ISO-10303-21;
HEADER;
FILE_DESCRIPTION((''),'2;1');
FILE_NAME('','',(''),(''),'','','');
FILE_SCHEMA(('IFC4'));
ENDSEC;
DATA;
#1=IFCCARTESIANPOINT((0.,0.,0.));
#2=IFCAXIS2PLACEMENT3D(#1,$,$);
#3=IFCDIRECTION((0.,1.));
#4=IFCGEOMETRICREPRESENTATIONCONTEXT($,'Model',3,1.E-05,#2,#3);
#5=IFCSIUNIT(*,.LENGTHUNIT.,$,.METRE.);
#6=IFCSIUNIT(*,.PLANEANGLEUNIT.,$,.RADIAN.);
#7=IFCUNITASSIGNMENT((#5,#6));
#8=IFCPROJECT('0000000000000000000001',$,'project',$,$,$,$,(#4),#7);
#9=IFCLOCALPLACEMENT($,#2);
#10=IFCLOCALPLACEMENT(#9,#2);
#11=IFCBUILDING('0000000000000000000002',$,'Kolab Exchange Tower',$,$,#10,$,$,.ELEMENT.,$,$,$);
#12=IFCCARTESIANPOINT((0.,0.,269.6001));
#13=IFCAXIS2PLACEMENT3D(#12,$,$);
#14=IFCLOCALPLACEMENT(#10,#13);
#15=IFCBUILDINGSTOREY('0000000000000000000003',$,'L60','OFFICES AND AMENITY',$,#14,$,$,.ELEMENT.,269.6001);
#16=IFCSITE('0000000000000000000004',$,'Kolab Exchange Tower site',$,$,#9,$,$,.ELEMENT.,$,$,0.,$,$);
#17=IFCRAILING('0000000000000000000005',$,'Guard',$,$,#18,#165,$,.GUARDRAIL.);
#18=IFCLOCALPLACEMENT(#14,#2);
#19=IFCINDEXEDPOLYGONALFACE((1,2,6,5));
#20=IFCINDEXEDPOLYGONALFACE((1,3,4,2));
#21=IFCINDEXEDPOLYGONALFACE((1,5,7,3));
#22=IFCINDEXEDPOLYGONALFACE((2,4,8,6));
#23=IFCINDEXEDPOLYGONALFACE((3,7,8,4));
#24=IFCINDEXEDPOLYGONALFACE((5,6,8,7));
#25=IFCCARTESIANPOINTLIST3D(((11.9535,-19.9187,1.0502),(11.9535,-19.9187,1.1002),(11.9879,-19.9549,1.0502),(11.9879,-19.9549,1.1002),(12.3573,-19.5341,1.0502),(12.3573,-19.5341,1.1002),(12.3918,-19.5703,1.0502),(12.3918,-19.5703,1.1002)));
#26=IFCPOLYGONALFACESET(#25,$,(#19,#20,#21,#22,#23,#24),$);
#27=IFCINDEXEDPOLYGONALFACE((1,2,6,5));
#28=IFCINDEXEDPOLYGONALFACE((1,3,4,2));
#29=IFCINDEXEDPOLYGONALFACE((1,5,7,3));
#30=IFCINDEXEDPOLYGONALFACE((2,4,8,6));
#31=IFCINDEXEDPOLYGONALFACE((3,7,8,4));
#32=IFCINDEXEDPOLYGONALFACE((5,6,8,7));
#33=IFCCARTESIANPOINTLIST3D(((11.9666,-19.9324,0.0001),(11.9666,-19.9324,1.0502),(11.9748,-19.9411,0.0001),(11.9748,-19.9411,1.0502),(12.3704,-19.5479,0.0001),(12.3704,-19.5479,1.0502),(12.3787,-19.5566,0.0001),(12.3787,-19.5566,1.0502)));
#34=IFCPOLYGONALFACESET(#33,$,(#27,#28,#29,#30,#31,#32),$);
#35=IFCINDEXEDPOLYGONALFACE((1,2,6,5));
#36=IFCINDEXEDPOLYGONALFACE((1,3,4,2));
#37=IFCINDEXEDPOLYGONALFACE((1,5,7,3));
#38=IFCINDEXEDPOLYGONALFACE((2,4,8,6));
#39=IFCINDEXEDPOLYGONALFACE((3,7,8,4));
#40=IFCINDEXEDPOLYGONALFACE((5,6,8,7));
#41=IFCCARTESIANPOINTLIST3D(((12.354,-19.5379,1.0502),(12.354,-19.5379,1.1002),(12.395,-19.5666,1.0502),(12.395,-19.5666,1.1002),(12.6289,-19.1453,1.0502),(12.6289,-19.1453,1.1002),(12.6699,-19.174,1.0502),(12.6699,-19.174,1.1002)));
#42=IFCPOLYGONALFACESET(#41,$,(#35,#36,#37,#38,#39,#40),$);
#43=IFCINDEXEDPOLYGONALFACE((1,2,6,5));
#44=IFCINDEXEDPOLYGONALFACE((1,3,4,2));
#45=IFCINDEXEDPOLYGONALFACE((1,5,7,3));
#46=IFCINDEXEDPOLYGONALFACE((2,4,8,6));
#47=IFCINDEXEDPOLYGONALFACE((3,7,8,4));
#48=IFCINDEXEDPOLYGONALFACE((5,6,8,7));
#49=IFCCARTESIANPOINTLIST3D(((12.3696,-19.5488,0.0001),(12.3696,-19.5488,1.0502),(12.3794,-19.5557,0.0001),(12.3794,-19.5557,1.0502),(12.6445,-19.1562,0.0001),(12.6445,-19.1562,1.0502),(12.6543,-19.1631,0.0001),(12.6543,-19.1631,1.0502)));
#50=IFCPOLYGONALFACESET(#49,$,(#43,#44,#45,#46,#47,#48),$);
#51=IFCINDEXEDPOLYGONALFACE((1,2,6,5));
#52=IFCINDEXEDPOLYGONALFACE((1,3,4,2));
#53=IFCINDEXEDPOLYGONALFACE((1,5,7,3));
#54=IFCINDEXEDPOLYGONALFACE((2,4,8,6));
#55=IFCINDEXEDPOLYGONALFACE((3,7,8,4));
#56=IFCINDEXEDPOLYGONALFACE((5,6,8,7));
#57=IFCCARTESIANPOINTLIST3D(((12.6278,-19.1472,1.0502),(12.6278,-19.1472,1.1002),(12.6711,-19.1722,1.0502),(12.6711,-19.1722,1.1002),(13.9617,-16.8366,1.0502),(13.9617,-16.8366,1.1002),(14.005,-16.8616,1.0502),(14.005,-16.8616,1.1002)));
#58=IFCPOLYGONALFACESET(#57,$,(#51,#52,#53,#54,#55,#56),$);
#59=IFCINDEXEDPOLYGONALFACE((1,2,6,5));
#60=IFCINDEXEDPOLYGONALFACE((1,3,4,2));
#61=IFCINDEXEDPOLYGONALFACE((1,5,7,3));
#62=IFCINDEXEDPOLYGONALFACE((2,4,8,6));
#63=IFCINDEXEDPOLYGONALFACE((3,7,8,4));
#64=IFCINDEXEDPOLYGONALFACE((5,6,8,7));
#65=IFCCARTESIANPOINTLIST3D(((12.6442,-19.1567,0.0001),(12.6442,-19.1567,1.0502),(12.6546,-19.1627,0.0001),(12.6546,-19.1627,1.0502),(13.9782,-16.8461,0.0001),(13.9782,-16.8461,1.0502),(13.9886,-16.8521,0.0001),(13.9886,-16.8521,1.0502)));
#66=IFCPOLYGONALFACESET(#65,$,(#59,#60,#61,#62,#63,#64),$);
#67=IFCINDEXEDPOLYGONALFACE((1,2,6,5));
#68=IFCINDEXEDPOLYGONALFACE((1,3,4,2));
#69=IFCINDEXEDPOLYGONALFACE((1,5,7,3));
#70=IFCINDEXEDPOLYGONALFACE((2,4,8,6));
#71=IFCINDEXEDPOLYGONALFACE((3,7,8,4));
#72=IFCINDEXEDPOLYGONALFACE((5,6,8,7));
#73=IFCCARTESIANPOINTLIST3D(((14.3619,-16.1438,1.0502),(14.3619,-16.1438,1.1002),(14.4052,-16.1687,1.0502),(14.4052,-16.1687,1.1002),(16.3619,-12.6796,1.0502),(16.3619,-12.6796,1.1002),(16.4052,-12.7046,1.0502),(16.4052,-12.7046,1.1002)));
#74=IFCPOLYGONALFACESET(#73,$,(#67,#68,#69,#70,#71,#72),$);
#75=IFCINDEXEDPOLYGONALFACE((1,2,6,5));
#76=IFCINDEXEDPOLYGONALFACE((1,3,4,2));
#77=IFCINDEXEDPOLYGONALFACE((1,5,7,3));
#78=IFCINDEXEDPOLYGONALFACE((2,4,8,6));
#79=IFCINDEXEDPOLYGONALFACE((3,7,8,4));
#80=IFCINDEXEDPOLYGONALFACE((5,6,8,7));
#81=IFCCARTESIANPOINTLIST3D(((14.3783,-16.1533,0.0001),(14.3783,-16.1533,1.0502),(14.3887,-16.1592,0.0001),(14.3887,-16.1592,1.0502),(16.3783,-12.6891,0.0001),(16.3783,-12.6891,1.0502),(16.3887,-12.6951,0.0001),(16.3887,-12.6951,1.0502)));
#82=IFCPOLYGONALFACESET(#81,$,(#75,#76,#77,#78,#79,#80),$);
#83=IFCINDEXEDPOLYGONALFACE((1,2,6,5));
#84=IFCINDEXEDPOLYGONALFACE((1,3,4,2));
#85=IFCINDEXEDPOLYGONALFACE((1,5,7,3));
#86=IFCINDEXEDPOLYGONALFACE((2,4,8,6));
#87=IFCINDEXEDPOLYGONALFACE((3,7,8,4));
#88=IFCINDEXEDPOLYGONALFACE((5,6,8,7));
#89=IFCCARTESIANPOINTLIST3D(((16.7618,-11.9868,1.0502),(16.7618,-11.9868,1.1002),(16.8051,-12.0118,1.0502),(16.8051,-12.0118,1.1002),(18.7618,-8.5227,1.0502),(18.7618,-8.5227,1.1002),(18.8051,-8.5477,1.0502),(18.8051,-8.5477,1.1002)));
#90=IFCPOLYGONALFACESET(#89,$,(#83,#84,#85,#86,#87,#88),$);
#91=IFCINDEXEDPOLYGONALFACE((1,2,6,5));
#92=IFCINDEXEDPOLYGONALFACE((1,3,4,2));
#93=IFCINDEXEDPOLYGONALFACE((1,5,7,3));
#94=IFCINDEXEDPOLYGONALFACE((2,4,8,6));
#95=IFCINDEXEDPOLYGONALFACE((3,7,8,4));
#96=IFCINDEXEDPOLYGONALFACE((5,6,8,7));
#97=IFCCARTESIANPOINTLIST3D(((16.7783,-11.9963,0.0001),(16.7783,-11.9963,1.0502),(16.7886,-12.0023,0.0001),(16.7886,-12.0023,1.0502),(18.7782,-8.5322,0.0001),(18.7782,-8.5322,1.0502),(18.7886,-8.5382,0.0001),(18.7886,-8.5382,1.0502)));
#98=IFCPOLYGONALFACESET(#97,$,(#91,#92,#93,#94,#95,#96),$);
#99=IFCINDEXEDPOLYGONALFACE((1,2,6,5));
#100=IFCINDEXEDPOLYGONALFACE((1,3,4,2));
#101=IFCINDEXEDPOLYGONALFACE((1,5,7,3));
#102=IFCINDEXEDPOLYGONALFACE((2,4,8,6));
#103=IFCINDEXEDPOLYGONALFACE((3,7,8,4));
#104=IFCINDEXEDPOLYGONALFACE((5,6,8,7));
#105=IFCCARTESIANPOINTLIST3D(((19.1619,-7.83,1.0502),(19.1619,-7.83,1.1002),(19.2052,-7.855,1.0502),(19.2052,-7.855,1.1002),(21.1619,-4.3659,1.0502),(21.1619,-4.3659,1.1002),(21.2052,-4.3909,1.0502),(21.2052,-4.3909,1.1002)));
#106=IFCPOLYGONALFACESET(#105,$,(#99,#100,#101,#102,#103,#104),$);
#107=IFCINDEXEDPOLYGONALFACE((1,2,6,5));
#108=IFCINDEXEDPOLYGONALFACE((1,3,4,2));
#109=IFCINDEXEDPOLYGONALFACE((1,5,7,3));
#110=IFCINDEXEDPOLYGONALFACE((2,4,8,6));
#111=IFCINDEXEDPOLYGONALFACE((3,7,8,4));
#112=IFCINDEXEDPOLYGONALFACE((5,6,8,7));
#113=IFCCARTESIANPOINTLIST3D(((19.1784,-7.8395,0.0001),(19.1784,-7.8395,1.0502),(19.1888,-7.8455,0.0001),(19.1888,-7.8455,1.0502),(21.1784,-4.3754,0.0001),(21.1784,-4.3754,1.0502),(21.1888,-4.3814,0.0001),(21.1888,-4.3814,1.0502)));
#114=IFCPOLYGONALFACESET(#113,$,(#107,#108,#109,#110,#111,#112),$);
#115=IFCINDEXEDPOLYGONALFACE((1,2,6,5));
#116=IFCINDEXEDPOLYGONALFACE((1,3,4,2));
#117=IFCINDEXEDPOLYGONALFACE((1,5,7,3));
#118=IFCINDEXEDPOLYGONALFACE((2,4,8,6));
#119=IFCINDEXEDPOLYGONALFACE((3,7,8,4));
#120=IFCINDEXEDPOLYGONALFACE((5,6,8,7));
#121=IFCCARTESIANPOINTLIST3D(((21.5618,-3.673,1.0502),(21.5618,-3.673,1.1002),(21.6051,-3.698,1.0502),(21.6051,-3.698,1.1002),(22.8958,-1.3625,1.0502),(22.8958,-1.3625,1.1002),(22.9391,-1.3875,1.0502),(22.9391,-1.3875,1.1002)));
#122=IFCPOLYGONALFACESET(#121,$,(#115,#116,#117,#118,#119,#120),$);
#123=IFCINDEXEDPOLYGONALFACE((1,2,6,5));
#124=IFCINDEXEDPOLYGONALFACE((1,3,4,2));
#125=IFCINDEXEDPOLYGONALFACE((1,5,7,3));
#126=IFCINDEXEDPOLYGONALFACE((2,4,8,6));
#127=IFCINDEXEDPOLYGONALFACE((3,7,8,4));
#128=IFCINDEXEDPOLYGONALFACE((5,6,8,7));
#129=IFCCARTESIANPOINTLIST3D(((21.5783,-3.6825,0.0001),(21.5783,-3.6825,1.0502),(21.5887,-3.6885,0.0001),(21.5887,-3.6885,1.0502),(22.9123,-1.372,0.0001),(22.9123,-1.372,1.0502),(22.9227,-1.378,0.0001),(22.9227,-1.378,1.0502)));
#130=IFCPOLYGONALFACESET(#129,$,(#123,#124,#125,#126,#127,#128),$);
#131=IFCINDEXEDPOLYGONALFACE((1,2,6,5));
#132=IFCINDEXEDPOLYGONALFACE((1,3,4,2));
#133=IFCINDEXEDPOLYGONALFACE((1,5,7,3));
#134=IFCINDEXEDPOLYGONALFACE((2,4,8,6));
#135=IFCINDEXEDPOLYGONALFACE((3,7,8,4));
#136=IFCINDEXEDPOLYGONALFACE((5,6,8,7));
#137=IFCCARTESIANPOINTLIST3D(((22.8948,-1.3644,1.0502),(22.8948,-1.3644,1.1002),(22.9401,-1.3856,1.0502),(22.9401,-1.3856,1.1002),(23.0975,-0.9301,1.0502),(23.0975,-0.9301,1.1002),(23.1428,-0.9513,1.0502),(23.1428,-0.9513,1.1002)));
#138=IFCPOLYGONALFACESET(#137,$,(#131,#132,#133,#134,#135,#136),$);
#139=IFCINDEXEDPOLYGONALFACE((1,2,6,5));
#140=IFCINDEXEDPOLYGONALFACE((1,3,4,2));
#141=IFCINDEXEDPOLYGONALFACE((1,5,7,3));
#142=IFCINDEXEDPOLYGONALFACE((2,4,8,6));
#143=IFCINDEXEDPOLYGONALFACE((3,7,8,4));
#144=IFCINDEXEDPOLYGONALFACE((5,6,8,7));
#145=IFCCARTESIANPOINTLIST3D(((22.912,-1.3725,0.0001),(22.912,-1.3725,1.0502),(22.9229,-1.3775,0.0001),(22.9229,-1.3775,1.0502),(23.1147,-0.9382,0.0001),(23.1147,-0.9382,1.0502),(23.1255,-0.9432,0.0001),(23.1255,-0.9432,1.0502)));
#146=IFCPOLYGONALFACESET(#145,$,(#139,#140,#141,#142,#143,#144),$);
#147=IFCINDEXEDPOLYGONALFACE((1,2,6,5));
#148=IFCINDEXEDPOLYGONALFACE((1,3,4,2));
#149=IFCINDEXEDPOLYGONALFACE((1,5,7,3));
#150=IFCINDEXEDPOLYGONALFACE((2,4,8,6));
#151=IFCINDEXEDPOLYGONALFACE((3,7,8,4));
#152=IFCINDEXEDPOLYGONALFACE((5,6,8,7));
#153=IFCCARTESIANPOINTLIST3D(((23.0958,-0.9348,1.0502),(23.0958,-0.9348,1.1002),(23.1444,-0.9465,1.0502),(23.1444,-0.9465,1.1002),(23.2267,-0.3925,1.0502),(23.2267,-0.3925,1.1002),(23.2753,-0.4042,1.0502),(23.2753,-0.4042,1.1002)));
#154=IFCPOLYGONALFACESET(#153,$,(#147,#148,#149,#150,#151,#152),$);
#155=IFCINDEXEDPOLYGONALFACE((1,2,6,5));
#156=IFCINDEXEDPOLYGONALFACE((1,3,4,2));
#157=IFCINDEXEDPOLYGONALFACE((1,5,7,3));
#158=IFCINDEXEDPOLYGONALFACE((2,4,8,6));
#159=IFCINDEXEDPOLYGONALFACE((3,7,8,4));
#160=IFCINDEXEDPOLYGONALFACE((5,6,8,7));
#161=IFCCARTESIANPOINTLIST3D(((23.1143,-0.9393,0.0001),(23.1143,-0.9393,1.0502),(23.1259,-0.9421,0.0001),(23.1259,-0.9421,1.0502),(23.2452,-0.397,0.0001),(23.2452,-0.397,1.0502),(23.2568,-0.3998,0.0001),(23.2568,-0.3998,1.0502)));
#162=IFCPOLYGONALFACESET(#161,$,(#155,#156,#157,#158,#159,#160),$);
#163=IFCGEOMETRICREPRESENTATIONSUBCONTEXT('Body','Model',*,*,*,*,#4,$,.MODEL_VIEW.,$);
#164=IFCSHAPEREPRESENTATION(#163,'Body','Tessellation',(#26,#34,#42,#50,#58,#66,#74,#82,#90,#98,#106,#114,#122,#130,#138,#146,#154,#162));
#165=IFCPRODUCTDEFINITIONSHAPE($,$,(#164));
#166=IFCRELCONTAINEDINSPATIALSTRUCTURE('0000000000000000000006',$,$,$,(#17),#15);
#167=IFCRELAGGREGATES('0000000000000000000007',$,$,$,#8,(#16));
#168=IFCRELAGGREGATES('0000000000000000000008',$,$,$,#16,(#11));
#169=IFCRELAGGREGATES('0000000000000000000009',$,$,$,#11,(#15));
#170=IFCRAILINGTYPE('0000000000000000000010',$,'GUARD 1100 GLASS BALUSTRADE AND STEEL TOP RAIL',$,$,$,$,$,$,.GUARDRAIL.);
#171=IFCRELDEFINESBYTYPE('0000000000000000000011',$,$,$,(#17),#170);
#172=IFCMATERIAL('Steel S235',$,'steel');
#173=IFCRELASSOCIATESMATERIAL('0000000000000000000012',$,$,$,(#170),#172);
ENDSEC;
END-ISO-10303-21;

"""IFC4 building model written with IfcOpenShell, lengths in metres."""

from ifc_helpers import new_model, si_unit, direction, frame, frame_2d, origin, origin_2d, place, context, subcontext, project, spatial, rectangle, extrude, material, type_object, element, save


model = new_model("IFC4")

# Units and contexts
model_context = context("Model", 3, precision=1e-05, world=origin(), true_north=direction((0.0, 1.0)))
body_context = subcontext(model_context, "Body", "Model", "MODEL_VIEW")
ifc_project = project(units=[si_unit("LENGTHUNIT", "METRE"), si_unit("PLANEANGLEUNIT", "RADIAN")], contexts=[model_context])

# Site, building, storey
site_placement = place(None, origin())
site = spatial("IfcSite", under=ifc_project, at=site_placement, Name="Kolab Exchange Tower site", CompositionType="ELEMENT", RefElevation=0.0)
building_placement = place(site_placement, origin())
building = spatial("IfcBuilding", under=site, at=building_placement, Name="Kolab Exchange Tower", CompositionType="ELEMENT")
storey_placement = place(building_placement, frame((0.0, 0.0, 269.6001)))
storey = spatial("IfcBuildingStorey", under=building, at=storey_placement, Name="L60", Description="OFFICES AND AMENITY", CompositionType="ELEMENT", Elevation=269.6001)

# Railing
ifc_material_1 = material(Name="Steel S235", Category="steel")
railing_type = type_object("IfcRailingType", Name="GUARD 1100 GLASS BALUSTRADE AND STEEL TOP RAIL", PredefinedType="GUARDRAIL", material=ifc_material_1)
railing_placement = place(storey_placement, frame((11.9707, -19.9368, 0.0)))
element("IfcRailing", 1, at=railing_placement, inside=storey, type_object=railing_type, Name="Guard", PredefinedType="GUARDRAIL", context=body_context, shape_type="SweptSolid", body=[
    extrude(rectangle(XDim=0.05, YDim=0.05, at=origin_2d()), frame((0.0, 0.0, 1.0752), z_axis=(0.72419, 0.689601, 0.0), x_axis=(-0.689601, 0.72419, 0.0)), (0.0, 0.0, 1.0), 0.5576),
    extrude(rectangle(XDim=0.012, YDim=1.0501, at=frame_2d((0.0, 0.5251))), frame((0.0, 0.0, 0.0), z_axis=(0.72419, 0.689601, 0.0), x_axis=(-0.689601, 0.72419, 0.0)), (0.0, 0.0, 1.0), 0.5576),
    extrude(rectangle(XDim=0.05, YDim=0.05, at=origin_2d()), frame((0.4038, 0.3845, 1.0752), z_axis=(0.573599, 0.819136, 0.0), x_axis=(-0.819136, 0.573599, 0.0)), (0.0, 0.0, 1.0), 0.4792),
    extrude(rectangle(XDim=0.012, YDim=1.0501, at=frame_2d((0.0, 0.5251))), frame((0.4038, 0.3845, 0.0), z_axis=(0.573599, 0.819136, 0.0), x_axis=(-0.819136, 0.573599, 0.0)), (0.0, 0.0, 1.0), 0.4792),
    extrude(rectangle(XDim=0.05, YDim=0.05, at=origin_2d()), frame((0.6787, 0.7771, 1.0752), z_axis=(0.499997, 0.866027, 0.0), x_axis=(-0.866027, 0.499997, 0.0)), (0.0, 0.0, 1.0), 2.668),
    extrude(rectangle(XDim=0.012, YDim=1.0501, at=frame_2d((0.0, 0.5251))), frame((0.6787, 0.7771, 0.0), z_axis=(0.499997, 0.866027, 0.0), x_axis=(-0.866027, 0.499997, 0.0)), (0.0, 0.0, 1.0), 2.668),
    extrude(rectangle(XDim=0.05, YDim=0.05, at=origin_2d()), frame((2.4128, 3.7805, 1.0752), z_axis=(0.499999, 0.866026, 0.0), x_axis=(-0.866026, 0.499999, 0.0)), (0.0, 0.0, 1.0), 4.0),
    extrude(rectangle(XDim=0.012, YDim=1.0501, at=frame_2d((0.0, 0.5251))), frame((2.4128, 3.7805, 0.0), z_axis=(0.499999, 0.866026, 0.0), x_axis=(-0.866026, 0.499999, 0.0)), (0.0, 0.0, 1.0), 4.0),
    extrude(rectangle(XDim=0.05, YDim=0.05, at=origin_2d()), frame((4.8127, 7.9375, 1.0752), z_axis=(0.499999, 0.866026, 0.0), x_axis=(-0.866026, 0.499999, 0.0)), (0.0, 0.0, 1.0), 4.0),
    extrude(rectangle(XDim=0.012, YDim=1.0501, at=frame_2d((0.0, 0.5251))), frame((4.8127, 7.9375, 0.0), z_axis=(0.499999, 0.866026, 0.0), x_axis=(-0.866026, 0.499999, 0.0)), (0.0, 0.0, 1.0), 4.0),
    extrude(rectangle(XDim=0.05, YDim=0.05, at=origin_2d()), frame((7.2129, 12.0942, 1.0752), z_axis=(0.499999, 0.866026, 0.0), x_axis=(-0.866026, 0.499999, 0.0)), (0.0, 0.0, 1.0), 4.0),
    extrude(rectangle(XDim=0.012, YDim=1.0501, at=frame_2d((0.0, 0.5251))), frame((7.2129, 12.0942, 0.0), z_axis=(0.499999, 0.866026, 0.0), x_axis=(-0.866026, 0.499999, 0.0)), (0.0, 0.0, 1.0), 4.0),
    extrude(rectangle(XDim=0.05, YDim=0.05, at=origin_2d()), frame((9.6128, 16.2512, 1.0752), z_axis=(0.499997, 0.866027, 0.0), x_axis=(-0.866027, 0.499997, 0.0)), (0.0, 0.0, 1.0), 2.668),
    extrude(rectangle(XDim=0.012, YDim=1.0501, at=frame_2d((0.0, 0.5251))), frame((9.6128, 16.2512, 0.0), z_axis=(0.499997, 0.866027, 0.0), x_axis=(-0.866027, 0.499997, 0.0)), (0.0, 0.0, 1.0), 2.668),
    extrude(rectangle(XDim=0.05, YDim=0.05, at=origin_2d()), frame((10.9468, 18.5618, 1.0752), z_axis=(0.422802, 0.906222, 0.0), x_axis=(-0.906222, 0.422802, 0.0)), (0.0, 0.0, 1.0), 0.4792),
    extrude(rectangle(XDim=0.012, YDim=1.0501, at=frame_2d((0.0, 0.5251))), frame((10.9468, 18.5618, 0.0), z_axis=(0.422802, 0.906222, 0.0), x_axis=(-0.906222, 0.422802, 0.0)), (0.0, 0.0, 1.0), 0.4792),
    extrude(rectangle(XDim=0.05, YDim=0.05, at=origin_2d()), frame((11.1494, 18.9961, 1.0752), z_axis=(0.234598, 0.972093, 0.0), x_axis=(-0.972093, 0.234598, 0.0)), (0.0, 0.0, 1.0), 0.5579),
    extrude(rectangle(XDim=0.012, YDim=1.0501, at=frame_2d((0.0, 0.5251))), frame((11.1494, 18.9961, 0.0), z_axis=(0.234598, 0.972093, 0.0), x_axis=(-0.972093, 0.234598, 0.0)), (0.0, 0.0, 1.0), 0.5579),
])

save(model, "model.ifc")
